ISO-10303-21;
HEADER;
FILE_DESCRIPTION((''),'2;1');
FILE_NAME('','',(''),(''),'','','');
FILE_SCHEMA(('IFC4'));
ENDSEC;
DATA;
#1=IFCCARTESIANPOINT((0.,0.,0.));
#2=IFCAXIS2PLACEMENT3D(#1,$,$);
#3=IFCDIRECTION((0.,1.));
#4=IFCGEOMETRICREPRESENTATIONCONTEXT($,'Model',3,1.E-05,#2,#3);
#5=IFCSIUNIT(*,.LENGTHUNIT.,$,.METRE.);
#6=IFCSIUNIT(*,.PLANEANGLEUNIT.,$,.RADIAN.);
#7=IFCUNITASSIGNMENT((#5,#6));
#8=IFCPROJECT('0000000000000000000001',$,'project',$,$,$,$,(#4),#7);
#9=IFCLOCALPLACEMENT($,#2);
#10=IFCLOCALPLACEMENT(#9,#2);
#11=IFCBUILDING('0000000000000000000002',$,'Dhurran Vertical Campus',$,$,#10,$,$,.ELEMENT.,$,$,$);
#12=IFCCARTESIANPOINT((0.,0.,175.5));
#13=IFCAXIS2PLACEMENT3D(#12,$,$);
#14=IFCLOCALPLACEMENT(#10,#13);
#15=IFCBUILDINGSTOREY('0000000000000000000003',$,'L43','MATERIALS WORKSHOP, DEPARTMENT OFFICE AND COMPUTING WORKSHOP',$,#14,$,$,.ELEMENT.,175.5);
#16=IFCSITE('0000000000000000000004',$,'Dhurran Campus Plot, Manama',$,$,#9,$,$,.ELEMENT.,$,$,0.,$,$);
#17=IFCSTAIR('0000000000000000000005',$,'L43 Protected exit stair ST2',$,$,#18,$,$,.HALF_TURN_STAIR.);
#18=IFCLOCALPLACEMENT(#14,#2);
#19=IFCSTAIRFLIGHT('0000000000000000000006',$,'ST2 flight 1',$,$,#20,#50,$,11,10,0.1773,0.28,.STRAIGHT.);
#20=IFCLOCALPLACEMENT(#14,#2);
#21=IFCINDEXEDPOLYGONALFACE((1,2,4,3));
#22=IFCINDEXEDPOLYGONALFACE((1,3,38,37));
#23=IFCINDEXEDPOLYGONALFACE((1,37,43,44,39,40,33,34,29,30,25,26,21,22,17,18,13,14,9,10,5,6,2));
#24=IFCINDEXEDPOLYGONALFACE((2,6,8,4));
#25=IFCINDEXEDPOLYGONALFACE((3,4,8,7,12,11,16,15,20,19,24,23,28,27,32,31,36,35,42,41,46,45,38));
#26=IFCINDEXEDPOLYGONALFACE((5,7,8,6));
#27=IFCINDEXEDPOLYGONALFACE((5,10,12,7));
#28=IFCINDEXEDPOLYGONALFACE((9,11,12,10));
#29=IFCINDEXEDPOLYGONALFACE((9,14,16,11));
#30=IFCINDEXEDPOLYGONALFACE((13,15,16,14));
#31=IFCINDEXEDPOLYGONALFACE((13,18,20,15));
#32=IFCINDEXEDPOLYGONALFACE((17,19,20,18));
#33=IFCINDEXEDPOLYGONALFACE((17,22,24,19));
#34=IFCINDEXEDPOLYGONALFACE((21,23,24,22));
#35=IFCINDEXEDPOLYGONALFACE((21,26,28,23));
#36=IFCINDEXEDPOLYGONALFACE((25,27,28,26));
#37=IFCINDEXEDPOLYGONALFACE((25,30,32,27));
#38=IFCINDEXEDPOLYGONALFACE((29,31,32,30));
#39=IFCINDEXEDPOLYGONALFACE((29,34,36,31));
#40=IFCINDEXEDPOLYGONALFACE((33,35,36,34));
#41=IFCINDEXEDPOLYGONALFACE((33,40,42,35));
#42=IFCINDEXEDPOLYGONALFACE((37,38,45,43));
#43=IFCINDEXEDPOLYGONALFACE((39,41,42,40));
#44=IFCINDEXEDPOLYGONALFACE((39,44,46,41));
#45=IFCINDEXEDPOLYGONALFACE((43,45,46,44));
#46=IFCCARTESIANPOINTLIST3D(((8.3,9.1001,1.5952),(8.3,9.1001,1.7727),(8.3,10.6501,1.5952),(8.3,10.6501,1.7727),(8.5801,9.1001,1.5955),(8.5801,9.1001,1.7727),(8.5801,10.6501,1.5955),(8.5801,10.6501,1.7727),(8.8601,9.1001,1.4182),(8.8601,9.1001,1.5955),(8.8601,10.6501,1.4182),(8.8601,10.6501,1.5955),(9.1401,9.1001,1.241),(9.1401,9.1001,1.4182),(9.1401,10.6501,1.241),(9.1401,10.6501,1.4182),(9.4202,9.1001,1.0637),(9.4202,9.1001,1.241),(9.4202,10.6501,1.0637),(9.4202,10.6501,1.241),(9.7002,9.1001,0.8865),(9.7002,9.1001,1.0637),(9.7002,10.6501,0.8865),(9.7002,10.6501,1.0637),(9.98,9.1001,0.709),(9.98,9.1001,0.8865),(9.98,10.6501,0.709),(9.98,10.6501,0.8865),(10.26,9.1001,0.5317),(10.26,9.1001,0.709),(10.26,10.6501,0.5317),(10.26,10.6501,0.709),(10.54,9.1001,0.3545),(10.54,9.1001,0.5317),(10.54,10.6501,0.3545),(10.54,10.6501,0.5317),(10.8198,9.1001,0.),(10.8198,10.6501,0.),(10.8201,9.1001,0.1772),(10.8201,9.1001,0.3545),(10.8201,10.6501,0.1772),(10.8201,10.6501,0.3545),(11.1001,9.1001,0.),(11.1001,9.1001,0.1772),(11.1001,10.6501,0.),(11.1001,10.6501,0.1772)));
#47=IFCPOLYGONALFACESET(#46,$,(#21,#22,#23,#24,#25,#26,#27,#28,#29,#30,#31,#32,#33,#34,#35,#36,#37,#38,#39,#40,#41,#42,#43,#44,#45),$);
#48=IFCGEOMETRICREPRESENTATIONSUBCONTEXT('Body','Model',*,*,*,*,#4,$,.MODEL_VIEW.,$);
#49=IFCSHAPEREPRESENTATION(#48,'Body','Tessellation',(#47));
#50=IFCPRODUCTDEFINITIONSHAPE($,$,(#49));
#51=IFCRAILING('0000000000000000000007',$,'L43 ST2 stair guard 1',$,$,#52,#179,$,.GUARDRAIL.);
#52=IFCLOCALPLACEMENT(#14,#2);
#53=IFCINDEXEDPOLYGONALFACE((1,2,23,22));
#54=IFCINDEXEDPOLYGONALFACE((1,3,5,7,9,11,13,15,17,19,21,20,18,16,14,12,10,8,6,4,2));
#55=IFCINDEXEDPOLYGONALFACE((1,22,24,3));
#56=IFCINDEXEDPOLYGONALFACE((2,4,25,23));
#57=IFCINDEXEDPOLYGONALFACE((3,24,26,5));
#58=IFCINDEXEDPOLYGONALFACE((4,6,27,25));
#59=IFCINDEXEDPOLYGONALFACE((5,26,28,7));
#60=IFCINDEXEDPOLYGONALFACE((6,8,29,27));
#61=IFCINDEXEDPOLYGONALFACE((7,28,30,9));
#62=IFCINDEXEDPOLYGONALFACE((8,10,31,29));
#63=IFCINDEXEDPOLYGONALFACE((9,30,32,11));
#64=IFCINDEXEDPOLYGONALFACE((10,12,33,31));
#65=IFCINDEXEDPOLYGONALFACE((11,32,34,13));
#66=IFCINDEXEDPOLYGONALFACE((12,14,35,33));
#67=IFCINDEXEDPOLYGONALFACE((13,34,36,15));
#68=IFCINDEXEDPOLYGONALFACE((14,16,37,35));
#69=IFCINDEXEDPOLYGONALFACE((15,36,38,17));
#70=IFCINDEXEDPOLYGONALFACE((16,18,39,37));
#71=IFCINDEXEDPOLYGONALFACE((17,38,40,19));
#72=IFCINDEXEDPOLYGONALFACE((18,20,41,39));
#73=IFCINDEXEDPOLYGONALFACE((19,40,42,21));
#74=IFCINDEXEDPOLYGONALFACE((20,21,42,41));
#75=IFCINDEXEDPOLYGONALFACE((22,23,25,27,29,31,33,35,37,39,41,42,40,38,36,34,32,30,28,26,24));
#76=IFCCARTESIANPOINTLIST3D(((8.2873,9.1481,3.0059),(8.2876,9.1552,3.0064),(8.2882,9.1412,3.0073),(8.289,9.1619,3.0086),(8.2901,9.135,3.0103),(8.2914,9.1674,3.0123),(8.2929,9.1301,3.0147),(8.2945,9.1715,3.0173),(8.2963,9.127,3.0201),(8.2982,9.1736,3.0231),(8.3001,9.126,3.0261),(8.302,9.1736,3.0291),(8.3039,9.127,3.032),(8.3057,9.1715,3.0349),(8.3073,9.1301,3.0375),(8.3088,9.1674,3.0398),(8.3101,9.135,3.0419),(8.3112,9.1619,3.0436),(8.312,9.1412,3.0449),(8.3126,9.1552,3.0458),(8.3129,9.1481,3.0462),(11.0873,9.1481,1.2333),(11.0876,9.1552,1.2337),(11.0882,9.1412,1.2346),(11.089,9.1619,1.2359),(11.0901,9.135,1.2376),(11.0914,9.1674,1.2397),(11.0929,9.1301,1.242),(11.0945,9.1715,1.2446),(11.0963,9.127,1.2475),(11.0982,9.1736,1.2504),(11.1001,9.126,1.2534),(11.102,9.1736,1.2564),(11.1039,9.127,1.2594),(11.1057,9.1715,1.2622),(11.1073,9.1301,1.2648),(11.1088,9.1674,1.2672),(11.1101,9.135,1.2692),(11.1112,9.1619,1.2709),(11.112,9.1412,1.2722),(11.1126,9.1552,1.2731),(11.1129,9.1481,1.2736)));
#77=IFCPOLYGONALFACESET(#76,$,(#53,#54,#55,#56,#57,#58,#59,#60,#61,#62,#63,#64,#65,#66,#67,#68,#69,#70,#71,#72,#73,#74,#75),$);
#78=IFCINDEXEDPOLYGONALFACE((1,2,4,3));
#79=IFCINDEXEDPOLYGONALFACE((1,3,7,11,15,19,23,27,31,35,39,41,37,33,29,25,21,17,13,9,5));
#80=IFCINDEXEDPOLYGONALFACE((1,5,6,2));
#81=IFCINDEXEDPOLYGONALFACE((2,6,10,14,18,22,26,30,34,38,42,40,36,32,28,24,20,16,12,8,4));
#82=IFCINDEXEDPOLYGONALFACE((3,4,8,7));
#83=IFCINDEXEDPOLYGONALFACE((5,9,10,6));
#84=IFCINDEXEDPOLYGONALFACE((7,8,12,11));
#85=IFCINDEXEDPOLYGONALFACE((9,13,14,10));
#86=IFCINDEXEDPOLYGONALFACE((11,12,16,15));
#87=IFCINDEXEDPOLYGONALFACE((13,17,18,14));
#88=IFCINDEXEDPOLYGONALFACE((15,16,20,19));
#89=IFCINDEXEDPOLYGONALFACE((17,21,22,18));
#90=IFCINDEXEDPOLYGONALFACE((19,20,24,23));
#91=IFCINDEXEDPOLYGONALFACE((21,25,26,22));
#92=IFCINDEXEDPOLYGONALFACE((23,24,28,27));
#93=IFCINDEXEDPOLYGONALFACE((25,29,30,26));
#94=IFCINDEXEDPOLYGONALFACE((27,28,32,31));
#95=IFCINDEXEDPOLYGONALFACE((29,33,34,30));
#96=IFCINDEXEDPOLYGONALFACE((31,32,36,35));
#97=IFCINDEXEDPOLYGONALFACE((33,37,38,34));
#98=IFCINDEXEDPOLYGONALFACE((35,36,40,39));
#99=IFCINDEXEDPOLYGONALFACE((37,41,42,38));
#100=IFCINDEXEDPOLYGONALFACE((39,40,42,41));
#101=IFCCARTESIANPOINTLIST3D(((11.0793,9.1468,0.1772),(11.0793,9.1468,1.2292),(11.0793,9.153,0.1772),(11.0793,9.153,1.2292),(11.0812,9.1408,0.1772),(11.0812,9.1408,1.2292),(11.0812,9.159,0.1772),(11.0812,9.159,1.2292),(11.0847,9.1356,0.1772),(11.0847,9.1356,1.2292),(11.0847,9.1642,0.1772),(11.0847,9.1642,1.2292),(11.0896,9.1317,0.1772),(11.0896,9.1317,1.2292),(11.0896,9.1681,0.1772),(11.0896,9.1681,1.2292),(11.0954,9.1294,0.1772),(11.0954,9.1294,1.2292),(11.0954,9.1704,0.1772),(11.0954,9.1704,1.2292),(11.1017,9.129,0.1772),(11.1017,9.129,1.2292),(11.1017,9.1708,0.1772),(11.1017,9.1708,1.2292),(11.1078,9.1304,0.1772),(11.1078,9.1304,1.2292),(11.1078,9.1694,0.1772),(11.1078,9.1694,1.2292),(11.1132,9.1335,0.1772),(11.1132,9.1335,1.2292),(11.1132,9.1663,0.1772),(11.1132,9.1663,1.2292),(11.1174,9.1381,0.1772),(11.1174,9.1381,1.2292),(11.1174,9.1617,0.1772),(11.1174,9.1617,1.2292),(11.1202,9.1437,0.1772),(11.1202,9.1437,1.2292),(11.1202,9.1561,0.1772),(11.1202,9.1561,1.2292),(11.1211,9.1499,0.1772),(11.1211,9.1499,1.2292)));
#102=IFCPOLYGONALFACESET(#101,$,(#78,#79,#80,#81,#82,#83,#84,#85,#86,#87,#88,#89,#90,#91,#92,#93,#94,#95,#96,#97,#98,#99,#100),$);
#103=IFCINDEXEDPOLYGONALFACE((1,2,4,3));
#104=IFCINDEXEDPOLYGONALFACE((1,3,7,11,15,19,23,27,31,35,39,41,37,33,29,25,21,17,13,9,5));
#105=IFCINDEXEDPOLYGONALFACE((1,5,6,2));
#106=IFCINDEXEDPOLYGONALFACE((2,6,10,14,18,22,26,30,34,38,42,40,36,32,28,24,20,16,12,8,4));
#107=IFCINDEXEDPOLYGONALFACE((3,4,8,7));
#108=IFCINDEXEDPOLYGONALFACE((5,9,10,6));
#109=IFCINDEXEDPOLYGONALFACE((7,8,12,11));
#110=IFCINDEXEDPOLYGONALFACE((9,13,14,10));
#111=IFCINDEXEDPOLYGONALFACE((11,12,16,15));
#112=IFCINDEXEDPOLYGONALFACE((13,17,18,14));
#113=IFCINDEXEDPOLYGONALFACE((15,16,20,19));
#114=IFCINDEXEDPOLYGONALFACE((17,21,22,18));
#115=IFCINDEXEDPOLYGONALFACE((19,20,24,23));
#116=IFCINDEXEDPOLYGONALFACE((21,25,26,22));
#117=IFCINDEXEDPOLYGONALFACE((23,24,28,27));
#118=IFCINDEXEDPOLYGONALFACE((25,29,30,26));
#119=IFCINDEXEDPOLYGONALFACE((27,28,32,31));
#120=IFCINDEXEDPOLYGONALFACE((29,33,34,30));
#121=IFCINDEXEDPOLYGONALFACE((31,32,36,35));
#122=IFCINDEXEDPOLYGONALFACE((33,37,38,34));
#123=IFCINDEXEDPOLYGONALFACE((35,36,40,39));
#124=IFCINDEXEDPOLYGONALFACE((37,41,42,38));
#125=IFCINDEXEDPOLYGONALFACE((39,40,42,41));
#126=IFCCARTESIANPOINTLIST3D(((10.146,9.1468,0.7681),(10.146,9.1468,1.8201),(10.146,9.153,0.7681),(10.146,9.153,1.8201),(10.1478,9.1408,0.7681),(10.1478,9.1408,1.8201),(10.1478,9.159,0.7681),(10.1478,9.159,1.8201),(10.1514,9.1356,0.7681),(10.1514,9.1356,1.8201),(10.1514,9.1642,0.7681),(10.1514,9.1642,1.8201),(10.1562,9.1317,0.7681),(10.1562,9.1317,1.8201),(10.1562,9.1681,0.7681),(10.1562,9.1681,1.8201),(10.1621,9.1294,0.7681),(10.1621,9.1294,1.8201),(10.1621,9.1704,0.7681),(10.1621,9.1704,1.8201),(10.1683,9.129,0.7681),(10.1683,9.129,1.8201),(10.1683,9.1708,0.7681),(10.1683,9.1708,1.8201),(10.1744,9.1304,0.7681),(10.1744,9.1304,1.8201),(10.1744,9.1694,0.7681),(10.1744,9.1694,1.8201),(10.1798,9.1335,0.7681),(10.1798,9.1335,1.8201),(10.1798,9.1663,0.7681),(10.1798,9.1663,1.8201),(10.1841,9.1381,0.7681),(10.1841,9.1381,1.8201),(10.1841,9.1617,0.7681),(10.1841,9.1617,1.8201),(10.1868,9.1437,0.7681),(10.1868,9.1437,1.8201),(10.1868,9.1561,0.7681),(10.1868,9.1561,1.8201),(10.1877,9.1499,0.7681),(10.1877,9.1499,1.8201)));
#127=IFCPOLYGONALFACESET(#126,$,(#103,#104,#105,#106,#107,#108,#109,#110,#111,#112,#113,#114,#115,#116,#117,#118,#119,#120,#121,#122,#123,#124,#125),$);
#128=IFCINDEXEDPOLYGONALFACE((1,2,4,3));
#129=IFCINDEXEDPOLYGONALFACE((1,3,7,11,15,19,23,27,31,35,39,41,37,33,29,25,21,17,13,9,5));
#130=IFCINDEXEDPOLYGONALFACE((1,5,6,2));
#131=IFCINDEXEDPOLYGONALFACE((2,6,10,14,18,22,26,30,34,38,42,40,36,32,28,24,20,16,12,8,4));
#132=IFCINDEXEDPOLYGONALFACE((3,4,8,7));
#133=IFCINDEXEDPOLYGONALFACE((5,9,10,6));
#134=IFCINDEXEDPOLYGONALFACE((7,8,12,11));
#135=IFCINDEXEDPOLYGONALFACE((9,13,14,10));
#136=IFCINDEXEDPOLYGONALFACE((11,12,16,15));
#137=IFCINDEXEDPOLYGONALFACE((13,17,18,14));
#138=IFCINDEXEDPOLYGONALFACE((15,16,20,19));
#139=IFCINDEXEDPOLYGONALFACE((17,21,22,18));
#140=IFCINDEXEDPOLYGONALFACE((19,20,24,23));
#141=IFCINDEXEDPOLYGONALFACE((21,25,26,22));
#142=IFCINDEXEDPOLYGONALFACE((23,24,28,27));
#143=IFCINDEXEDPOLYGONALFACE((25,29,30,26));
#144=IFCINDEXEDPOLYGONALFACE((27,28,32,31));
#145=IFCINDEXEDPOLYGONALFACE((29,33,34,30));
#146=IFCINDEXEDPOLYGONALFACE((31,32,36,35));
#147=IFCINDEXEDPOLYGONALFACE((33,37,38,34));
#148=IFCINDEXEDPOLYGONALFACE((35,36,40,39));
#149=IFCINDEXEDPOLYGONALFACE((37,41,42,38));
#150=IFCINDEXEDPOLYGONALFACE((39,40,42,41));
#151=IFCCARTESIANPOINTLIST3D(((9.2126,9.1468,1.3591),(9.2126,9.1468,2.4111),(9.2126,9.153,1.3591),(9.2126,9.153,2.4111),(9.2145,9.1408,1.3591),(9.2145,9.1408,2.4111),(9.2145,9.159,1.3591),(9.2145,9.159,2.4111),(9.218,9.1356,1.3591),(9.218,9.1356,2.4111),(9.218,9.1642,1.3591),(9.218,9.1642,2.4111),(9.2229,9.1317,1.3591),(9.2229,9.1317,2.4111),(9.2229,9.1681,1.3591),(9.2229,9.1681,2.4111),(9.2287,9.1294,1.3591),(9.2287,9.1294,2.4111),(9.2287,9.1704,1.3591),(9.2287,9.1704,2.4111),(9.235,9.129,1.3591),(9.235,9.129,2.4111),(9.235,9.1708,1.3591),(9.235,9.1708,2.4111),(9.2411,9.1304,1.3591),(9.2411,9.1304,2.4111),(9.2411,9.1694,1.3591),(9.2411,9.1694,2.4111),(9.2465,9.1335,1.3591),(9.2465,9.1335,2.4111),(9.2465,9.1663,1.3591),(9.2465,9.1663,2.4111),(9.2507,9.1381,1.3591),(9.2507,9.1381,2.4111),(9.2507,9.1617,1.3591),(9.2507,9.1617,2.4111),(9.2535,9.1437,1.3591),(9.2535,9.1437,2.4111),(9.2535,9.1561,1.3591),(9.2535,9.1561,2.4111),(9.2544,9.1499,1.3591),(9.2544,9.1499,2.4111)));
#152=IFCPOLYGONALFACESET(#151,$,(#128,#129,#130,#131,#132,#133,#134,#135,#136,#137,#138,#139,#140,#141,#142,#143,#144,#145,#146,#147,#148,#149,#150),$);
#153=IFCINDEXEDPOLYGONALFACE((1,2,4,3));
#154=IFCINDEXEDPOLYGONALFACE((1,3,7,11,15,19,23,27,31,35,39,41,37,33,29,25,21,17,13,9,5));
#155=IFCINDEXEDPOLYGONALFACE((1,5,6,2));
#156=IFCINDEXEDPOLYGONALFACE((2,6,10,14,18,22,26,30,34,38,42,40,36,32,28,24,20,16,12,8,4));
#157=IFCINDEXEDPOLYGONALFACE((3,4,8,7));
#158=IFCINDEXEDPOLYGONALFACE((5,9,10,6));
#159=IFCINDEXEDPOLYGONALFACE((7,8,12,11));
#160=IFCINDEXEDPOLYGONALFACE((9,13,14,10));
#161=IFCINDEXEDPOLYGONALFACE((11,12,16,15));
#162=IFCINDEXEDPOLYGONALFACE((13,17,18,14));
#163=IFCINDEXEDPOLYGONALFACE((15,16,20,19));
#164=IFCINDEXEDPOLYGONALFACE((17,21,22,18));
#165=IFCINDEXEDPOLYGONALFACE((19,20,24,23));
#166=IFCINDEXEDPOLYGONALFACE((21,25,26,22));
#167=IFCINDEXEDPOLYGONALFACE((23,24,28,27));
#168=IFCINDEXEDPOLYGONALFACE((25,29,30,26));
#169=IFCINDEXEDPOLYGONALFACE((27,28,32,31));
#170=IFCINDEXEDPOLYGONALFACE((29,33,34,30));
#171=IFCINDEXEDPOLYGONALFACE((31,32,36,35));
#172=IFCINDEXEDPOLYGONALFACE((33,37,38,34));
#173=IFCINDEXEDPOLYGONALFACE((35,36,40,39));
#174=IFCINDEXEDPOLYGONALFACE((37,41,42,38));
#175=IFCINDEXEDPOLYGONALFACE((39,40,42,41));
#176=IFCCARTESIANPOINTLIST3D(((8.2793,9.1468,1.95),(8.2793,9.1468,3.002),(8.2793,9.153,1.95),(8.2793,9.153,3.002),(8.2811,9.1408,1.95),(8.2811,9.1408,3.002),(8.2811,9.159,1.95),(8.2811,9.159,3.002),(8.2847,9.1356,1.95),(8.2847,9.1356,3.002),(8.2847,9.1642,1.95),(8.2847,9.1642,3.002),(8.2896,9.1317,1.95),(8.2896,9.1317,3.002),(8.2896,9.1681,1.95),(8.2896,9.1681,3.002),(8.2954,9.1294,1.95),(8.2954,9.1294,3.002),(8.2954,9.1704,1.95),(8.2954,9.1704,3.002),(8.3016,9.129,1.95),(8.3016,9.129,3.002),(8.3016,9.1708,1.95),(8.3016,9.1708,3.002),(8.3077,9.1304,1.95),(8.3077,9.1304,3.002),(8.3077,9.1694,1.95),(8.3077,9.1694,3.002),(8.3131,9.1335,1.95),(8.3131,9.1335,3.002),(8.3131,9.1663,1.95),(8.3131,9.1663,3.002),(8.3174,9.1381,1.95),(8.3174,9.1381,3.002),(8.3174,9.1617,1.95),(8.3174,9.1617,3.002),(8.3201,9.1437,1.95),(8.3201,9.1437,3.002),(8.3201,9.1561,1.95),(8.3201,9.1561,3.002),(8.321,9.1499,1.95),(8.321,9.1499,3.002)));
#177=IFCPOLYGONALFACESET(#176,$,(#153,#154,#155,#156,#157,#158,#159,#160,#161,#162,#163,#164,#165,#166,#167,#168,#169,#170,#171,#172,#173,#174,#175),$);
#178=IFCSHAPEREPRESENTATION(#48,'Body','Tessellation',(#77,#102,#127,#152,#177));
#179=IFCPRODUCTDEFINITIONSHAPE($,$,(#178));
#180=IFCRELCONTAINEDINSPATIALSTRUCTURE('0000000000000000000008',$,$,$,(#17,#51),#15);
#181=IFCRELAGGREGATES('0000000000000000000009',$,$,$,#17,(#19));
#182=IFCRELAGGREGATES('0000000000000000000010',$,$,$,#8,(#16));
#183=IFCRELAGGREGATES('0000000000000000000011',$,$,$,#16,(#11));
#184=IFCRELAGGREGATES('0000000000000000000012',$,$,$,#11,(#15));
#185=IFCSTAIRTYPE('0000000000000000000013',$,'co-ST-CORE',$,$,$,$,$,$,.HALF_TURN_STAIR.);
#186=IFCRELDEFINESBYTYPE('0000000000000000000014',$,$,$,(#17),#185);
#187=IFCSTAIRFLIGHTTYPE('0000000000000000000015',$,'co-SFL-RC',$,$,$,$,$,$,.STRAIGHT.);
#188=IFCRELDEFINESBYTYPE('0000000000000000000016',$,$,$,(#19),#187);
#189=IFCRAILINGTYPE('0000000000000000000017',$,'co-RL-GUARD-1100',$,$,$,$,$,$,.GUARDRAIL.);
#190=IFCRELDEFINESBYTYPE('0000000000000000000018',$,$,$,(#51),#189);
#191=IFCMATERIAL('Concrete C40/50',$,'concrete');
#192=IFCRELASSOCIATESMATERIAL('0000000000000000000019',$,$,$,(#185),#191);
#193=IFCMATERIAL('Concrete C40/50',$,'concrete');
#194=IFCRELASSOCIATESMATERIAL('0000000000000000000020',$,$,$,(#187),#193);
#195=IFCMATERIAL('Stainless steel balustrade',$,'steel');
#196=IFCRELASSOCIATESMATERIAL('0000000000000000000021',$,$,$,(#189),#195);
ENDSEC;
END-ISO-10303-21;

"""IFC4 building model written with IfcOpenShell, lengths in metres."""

from ifc_helpers import new_model, si_unit, direction, frame, origin, origin_2d, place, context, subcontext, project, spatial, polyline, circle, outline, extrude, material, type_object, element, aggregate, save


model = new_model("IFC4")

# Units and contexts
model_context = context("Model", 3, precision=1e-05, world=origin(), true_north=direction((0.0, 1.0)))
body_context = subcontext(model_context, "Body", "Model", "MODEL_VIEW")
ifc_project = project(units=[si_unit("LENGTHUNIT", "METRE"), si_unit("PLANEANGLEUNIT", "RADIAN")], contexts=[model_context])

# Site, building, storey
site_placement = place(None, origin())
site = spatial("IfcSite", under=ifc_project, at=site_placement, Name="Dhurran Campus Plot, Manama", CompositionType="ELEMENT", RefElevation=0.0)
building_placement = place(site_placement, origin())
building = spatial("IfcBuilding", under=site, at=building_placement, Name="Dhurran Vertical Campus", CompositionType="ELEMENT")
storey_placement = place(building_placement, frame((0.0, 0.0, 175.5)))
storey = spatial("IfcBuildingStorey", under=building, at=storey_placement, Name="L43", Description="MATERIALS WORKSHOP, DEPARTMENT OFFICE AND COMPUTING WORKSHOP", CompositionType="ELEMENT", Elevation=175.5)

# Stair, stair flight
ifc_material_1 = material(Name="Concrete C40/50", Category="concrete")
stair_type = type_object("IfcStairType", Name="co-ST-CORE", PredefinedType="HALF_TURN_STAIR", material=ifc_material_1)
stair_placement = place(storey_placement, origin())
stair = element("IfcStair", 1, at=stair_placement, inside=storey, type_object=stair_type, Name="L43 Protected exit stair ST2", PredefinedType="HALF_TURN_STAIR")
ifc_material_2 = material(Name="Concrete C40/50", Category="concrete")
stair_flight_type = type_object("IfcStairFlightType", Name="co-SFL-RC", PredefinedType="STRAIGHT", material=ifc_material_2)
stair_flight_placement = place(storey_placement, frame((11.1001, 9.875, 0.0), z_axis=(0.0, 0.0, 1.0), x_axis=(-1.0, 0.0, 0.0)))
stair_flight = element("IfcStairFlight", 2, at=stair_flight_placement, type_object=stair_flight_type, Name="ST2 flight 1", NumberOfRisers=11, NumberOfTreads=10, PredefinedType="STRAIGHT", RiserHeight=0.1773, TreadLength=0.28, context=body_context, shape_type="SweptSolid", body=[
    extrude(outline(polyline([(0.0, 0.0), (0.0, 0.1772), (0.28, 0.1772), (0.28, 0.3545), (0.5601, 0.3545), (0.5601, 0.5317), (0.8401, 0.5317), (0.8401, 0.709), (1.1201, 0.709), (1.1201, 0.8865), (1.3999, 0.8865), (1.3999, 1.0637), (1.6799, 1.0637), (1.6799, 1.241), (1.96, 1.241), (1.96, 1.4182), (2.24, 1.4182), (2.24, 1.5955), (2.52, 1.5955), (2.52, 1.7727), (2.8, 1.7727), (2.8, 1.95), (2.8, 1.5952), (0.2803, 0.0), (0.0, 0.0)])), frame((0.0, 0.7749, 0.0), z_axis=(0.0, -1.0, 0.0), x_axis=(1.0, 0.0, 0.0)), (0.0, 0.0, 1.0), 1.55),
])
aggregate(stair, [stair_flight])

# Railing
ifc_material_3 = material(Name="Stainless steel balustrade", Category="steel")
railing_type_1 = type_object("IfcRailingType", Name="co-RL-GUARD-1100", PredefinedType="GUARDRAIL", material=ifc_material_3)
railing_1_placement = place(storey_placement, frame((11.1001, 9.1499, 0.1772)))
element("IfcRailing", 3, at=railing_1_placement, inside=storey, type_object=railing_type_1, Name="L43 ST2 stair guard 1", PredefinedType="GUARDRAIL", context=body_context, shape_type="SweptSolid", body=[
    extrude(circle(Radius=0.0239, at=origin_2d()), frame((0.0, 0.0, 1.0762), z_axis=(-0.844909, 0.0, 0.53491), x_axis=(0.0, -1.0, 0.0)), (0.0, 0.0, 1.0), 3.314),
    extrude(circle(Radius=0.021, at=origin_2d()), origin(), (0.0, 0.0, 1.0), 1.052),
    extrude(circle(Radius=0.021, at=origin_2d()), frame((-0.9333, 0.0, 0.5908)), (0.0, 0.0, 1.0), 1.052),
    extrude(circle(Radius=0.021, at=origin_2d()), frame((-1.8667, 0.0, 1.1819)), (0.0, 0.0, 1.0), 1.052),
    extrude(circle(Radius=0.021, at=origin_2d()), frame((-2.8, 0.0, 1.7727)), (0.0, 0.0, 1.0), 1.052),
])

save(model, "model.ifc")
